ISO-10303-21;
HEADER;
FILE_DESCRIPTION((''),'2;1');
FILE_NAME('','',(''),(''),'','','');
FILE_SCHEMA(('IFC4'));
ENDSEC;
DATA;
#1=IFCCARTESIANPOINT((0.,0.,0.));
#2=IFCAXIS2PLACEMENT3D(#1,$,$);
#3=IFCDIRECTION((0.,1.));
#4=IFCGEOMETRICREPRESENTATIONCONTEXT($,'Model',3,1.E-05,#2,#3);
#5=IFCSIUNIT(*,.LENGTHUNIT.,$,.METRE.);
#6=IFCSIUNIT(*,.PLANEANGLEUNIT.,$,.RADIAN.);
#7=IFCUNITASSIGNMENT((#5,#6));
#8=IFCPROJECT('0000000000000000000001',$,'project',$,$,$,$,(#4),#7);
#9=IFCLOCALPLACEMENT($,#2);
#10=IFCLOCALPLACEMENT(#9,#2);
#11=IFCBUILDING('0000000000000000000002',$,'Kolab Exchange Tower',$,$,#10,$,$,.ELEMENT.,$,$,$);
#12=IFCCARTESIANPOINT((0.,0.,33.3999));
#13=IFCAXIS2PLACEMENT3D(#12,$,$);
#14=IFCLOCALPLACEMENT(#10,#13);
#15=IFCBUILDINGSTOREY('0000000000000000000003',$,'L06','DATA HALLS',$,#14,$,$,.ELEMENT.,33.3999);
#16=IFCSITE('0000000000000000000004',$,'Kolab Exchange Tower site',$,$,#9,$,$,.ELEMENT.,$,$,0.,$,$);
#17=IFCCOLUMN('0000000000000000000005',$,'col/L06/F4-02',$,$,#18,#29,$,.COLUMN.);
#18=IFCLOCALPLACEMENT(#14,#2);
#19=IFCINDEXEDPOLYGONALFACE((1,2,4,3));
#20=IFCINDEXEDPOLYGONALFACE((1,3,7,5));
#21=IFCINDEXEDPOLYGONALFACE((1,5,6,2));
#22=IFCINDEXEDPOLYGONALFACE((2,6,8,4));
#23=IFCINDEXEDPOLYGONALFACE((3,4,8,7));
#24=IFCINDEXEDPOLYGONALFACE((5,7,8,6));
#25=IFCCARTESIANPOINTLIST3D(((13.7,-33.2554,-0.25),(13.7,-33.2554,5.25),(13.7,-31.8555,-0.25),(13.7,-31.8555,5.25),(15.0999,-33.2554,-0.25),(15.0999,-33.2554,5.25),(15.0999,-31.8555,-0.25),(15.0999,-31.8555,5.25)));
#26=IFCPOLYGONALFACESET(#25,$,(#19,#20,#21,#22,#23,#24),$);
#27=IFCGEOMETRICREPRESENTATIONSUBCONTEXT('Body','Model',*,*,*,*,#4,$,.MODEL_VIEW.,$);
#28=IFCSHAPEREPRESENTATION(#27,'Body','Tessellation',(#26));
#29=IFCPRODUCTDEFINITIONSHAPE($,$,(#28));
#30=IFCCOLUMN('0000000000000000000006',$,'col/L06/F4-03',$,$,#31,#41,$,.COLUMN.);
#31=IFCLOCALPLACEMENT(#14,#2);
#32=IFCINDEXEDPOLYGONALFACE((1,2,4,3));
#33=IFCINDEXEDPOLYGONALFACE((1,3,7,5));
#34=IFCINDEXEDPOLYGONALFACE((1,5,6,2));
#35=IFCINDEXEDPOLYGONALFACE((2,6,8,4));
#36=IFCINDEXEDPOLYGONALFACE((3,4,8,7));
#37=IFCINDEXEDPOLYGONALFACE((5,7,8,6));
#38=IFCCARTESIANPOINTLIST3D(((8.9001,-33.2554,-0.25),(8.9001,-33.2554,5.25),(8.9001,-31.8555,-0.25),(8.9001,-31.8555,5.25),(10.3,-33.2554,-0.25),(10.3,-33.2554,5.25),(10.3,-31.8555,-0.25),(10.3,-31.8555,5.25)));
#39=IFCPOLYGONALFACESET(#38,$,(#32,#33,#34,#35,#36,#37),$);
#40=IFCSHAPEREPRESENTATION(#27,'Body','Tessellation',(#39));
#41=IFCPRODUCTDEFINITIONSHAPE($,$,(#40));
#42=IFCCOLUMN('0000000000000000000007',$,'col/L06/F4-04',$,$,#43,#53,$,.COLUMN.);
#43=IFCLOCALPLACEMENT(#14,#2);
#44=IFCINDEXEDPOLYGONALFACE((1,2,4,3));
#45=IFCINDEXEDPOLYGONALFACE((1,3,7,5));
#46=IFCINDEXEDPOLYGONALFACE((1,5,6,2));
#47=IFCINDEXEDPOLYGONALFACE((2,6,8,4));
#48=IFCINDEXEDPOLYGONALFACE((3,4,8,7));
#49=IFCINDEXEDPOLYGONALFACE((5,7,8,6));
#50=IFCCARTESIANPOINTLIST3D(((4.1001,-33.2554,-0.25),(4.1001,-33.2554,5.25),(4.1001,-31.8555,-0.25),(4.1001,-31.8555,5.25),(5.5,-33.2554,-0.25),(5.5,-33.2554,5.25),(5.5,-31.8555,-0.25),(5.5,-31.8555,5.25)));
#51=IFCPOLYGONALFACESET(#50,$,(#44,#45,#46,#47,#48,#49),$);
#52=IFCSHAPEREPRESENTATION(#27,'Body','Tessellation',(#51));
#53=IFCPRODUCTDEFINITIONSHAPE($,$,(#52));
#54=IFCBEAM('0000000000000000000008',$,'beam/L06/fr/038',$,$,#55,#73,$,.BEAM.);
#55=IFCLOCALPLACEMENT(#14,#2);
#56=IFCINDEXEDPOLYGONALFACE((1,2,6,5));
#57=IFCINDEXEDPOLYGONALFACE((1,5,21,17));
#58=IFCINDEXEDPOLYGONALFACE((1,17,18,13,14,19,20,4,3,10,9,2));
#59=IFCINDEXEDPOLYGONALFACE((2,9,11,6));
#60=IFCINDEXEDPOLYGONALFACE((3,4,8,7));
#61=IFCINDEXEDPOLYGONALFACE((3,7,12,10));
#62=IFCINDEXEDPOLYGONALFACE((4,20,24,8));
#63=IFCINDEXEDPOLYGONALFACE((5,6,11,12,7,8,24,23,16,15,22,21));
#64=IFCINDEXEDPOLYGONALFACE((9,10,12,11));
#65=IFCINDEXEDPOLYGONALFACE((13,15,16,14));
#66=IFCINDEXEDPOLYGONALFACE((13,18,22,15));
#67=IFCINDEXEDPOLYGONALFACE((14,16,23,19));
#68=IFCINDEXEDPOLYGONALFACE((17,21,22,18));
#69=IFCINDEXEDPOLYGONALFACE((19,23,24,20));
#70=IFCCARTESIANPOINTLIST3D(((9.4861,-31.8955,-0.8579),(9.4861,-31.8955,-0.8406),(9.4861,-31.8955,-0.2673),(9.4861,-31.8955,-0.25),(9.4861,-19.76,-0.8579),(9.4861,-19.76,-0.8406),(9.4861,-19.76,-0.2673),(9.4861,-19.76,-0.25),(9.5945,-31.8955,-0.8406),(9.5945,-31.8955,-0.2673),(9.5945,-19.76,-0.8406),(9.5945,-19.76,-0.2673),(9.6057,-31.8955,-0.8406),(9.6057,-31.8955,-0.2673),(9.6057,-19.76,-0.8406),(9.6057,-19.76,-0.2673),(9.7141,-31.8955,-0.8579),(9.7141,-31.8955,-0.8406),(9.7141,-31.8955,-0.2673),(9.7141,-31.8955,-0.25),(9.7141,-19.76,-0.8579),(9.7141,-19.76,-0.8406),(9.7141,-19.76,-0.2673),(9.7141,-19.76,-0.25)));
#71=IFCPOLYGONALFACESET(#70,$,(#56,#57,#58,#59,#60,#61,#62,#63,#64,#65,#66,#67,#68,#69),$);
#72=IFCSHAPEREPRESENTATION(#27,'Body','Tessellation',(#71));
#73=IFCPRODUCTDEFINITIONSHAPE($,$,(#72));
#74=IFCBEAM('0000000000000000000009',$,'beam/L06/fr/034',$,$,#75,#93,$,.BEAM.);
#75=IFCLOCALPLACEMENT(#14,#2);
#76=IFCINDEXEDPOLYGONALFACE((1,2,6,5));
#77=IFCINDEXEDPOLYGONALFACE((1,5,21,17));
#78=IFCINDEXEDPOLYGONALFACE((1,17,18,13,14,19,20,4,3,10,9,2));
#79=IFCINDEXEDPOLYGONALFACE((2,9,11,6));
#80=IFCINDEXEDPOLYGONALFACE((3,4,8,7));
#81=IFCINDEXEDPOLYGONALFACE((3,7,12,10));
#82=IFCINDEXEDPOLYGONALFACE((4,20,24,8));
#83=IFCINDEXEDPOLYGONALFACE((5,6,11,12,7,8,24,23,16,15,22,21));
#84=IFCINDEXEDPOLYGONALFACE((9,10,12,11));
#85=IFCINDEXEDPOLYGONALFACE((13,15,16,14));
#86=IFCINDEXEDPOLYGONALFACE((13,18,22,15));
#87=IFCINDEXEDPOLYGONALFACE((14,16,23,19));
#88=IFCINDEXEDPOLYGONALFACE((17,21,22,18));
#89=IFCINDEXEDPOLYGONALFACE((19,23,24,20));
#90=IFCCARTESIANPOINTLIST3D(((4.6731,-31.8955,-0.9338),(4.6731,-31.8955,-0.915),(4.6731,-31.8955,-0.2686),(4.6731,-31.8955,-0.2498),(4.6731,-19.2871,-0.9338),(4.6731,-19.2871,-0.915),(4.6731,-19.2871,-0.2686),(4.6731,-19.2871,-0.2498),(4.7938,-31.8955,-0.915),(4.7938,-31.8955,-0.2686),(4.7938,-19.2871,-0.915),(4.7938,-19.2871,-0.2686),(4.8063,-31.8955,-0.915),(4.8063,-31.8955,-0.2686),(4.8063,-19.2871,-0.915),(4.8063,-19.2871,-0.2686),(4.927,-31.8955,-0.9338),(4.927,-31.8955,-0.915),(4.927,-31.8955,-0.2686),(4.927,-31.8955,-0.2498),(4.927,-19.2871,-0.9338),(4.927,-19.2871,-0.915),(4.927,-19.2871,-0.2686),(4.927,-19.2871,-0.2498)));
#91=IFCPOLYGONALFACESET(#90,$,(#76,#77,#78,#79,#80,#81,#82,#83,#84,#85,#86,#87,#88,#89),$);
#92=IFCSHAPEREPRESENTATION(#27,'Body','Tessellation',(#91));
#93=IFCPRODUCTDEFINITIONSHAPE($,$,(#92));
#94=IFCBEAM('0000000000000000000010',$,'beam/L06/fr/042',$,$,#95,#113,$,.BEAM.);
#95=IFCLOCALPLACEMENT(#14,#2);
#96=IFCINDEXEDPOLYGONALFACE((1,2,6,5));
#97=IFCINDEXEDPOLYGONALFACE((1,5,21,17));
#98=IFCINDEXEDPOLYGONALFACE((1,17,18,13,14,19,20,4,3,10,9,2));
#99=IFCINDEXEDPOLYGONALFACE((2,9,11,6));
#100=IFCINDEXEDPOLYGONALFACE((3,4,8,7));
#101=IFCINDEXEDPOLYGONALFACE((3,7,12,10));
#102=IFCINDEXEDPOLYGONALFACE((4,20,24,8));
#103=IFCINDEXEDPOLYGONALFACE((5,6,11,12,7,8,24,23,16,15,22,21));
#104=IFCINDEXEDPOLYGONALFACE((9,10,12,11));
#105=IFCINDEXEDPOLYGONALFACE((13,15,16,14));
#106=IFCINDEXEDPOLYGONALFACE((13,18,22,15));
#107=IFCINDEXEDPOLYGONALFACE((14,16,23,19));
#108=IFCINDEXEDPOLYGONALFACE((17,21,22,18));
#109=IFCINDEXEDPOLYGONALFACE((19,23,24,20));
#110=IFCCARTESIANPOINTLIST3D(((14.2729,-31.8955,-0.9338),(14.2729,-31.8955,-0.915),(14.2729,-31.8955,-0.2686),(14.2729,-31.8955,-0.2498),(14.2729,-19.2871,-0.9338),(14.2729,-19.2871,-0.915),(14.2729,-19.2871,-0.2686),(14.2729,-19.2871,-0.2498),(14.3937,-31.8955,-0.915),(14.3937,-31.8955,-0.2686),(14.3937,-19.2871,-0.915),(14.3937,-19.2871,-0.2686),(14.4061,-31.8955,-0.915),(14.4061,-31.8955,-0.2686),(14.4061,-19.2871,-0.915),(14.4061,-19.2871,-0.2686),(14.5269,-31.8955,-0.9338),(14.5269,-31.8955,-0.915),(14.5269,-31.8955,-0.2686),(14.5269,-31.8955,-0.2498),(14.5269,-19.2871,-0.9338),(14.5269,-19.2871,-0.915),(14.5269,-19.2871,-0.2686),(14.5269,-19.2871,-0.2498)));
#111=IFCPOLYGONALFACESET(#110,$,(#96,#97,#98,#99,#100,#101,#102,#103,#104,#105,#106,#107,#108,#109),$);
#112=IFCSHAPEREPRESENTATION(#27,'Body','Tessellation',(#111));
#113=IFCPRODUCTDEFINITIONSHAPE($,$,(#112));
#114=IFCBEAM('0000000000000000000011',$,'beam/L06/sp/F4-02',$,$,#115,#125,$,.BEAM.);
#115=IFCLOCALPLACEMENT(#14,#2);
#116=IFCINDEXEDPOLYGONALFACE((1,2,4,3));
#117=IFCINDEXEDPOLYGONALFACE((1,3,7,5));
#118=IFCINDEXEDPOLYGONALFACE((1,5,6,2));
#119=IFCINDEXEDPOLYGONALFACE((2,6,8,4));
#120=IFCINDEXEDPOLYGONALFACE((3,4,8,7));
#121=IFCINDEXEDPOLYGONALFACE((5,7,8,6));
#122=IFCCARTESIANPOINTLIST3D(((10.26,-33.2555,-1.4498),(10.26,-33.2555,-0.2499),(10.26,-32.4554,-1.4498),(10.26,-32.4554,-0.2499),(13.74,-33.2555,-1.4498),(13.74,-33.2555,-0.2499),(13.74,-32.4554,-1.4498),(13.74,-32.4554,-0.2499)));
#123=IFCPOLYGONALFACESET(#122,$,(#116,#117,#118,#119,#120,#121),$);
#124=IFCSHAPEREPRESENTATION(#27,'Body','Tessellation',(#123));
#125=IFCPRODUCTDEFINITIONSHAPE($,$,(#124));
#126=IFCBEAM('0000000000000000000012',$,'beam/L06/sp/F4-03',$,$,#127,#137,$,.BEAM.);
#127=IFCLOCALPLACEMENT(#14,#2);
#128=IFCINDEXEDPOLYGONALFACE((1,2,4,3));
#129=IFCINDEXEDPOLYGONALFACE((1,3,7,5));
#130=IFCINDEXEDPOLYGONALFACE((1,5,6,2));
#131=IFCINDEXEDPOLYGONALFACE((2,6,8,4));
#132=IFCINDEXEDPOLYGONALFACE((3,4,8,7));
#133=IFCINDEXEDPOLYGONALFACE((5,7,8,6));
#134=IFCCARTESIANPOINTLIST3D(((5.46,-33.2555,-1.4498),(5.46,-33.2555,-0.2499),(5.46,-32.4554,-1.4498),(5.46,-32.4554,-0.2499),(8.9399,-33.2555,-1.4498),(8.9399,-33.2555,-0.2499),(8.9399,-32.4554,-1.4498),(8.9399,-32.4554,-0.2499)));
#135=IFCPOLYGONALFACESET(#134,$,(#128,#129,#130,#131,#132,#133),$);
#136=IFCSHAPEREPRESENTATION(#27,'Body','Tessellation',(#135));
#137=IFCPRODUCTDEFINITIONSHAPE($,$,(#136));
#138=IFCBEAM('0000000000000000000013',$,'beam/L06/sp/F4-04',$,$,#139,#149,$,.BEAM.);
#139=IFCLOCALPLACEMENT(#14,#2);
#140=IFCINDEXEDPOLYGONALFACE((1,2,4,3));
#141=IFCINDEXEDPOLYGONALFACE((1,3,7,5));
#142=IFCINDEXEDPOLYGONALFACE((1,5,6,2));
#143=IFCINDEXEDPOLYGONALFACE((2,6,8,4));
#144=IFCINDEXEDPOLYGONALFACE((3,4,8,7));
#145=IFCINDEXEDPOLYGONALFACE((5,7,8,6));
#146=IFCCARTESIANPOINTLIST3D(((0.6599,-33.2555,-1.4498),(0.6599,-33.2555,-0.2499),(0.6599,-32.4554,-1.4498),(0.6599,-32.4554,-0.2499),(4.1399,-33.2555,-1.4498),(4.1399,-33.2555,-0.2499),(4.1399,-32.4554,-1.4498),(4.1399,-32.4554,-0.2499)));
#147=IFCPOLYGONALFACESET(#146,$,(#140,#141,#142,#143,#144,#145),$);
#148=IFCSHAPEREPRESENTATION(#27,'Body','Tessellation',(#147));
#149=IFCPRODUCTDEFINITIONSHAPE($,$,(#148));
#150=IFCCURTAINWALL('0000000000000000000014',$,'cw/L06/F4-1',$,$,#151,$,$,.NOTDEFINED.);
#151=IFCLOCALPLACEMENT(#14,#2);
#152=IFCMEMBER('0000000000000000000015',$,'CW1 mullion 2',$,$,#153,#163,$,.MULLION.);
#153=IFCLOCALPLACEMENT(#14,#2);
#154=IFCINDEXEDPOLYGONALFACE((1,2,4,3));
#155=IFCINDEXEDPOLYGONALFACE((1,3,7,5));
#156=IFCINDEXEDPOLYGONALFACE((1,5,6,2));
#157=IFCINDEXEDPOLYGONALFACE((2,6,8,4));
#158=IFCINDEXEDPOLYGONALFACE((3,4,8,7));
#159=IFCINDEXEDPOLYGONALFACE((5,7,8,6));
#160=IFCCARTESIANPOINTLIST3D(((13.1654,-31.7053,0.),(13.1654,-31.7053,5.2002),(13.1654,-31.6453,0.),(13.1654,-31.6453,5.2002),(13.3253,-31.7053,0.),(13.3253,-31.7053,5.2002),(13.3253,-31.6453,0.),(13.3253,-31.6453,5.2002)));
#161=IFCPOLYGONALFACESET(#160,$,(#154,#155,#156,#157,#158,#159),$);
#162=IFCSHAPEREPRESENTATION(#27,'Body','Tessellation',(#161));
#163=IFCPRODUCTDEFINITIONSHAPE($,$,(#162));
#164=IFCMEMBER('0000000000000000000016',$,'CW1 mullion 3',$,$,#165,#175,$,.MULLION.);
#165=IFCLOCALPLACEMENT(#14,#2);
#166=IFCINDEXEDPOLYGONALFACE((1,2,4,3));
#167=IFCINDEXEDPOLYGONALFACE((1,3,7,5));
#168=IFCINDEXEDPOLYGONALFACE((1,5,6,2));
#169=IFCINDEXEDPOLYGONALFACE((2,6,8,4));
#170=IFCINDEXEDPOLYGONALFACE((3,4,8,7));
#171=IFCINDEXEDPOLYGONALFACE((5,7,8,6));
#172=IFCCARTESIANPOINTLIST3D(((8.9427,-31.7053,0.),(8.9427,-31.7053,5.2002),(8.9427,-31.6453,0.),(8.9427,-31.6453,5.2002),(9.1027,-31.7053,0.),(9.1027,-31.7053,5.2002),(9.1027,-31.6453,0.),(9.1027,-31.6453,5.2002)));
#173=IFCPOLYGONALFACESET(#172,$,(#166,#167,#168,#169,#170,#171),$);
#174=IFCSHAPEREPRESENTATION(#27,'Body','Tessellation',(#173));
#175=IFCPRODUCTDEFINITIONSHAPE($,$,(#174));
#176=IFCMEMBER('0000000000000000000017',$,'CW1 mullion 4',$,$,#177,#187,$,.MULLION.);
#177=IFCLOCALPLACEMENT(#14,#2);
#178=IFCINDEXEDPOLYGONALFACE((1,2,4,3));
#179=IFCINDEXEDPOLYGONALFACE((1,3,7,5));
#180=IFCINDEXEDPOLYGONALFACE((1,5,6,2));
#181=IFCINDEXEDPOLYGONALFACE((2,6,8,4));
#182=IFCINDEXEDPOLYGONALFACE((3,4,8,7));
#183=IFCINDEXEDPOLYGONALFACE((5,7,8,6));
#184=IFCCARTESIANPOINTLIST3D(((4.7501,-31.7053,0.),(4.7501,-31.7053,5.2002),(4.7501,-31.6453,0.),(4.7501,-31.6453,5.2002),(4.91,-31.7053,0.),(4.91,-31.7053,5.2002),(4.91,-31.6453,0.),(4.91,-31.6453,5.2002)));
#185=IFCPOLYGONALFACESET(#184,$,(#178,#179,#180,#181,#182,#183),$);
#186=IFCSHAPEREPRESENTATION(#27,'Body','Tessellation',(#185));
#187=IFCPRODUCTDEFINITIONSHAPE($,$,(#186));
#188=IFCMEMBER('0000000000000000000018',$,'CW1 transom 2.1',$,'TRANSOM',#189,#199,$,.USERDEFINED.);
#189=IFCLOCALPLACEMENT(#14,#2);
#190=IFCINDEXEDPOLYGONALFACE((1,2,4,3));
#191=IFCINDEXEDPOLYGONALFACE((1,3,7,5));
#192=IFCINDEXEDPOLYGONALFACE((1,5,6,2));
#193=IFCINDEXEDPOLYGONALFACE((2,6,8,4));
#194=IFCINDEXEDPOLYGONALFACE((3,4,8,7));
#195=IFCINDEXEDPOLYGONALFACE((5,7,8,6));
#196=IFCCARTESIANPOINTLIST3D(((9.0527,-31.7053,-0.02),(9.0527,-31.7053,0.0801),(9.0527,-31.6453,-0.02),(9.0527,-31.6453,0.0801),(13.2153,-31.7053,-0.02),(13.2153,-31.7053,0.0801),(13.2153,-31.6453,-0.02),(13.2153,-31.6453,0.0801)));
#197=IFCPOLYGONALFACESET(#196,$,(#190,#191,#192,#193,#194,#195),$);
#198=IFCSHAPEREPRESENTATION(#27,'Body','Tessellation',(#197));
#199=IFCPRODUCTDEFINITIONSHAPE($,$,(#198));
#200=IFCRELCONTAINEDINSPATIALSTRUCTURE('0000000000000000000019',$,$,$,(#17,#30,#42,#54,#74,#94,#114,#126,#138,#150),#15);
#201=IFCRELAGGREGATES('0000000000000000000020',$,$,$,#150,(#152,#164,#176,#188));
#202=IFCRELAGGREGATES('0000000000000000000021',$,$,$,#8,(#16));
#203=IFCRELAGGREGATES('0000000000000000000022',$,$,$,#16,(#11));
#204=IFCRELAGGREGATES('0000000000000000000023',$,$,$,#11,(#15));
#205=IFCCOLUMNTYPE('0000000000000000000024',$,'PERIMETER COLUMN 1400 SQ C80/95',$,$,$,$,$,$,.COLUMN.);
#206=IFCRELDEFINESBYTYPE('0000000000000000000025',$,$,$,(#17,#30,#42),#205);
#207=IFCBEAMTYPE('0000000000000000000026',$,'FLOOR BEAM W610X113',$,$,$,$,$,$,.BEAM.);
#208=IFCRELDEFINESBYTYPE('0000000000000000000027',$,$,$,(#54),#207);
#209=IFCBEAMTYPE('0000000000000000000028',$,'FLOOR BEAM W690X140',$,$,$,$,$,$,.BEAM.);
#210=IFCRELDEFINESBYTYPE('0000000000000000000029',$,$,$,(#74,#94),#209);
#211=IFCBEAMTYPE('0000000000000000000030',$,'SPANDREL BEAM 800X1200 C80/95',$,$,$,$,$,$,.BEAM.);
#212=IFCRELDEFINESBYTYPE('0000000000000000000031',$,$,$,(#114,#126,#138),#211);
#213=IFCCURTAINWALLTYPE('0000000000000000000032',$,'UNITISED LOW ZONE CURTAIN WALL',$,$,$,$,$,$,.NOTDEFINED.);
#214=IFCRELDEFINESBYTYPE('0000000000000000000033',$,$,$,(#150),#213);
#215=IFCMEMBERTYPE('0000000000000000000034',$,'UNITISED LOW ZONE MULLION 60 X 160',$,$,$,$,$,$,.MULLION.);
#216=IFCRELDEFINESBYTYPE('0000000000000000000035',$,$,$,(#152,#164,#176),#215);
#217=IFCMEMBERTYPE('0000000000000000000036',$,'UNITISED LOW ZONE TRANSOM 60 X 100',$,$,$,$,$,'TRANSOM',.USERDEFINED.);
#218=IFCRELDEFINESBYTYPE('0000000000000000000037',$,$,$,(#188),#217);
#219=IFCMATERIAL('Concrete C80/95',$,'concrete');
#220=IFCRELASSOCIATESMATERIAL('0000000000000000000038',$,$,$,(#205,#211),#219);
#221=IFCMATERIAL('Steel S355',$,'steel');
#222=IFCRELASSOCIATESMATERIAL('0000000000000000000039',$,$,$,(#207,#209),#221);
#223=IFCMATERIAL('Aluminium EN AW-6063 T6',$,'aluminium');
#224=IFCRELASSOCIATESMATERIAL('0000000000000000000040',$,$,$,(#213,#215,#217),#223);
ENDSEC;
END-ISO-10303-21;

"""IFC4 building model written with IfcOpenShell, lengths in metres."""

from ifc_helpers import new_model, si_unit, direction, frame, origin, origin_2d, place, context, subcontext, project, spatial, rectangle, i_section, extrude, material, material_profile, profile_set, type_object, element, aggregate, save


model = new_model("IFC4")

# Units and contexts
model_context = context("Model", 3, precision=1e-05, world=origin(), true_north=direction((0.0, 1.0)))
body_context = subcontext(model_context, "Body", "Model", "MODEL_VIEW")
ifc_project = project(units=[si_unit("LENGTHUNIT", "METRE"), si_unit("PLANEANGLEUNIT", "RADIAN")], contexts=[model_context])

# Site, building, storey
site_placement = place(None, origin())
site = spatial("IfcSite", under=ifc_project, at=site_placement, Name="Kolab Exchange Tower site", CompositionType="ELEMENT", RefElevation=0.0)
building_placement = place(site_placement, origin())
building = spatial("IfcBuilding", under=site, at=building_placement, Name="Kolab Exchange Tower", CompositionType="ELEMENT")
storey_placement = place(building_placement, frame((0.0, 0.0, 33.3999)))
storey = spatial("IfcBuildingStorey", under=building, at=storey_placement, Name="L06", Description="DATA HALLS", CompositionType="ELEMENT", Elevation=33.3999)

# Columns
ifc_material_1 = material(Name="Concrete C80/95", Category="concrete")
ifc_material_profile_1 = material_profile(ifc_material_1, rectangle(XDim=1.3999, YDim=1.3999, at=origin_2d()), Name="RC1400")
ifc_profile_set_1 = profile_set([ifc_material_profile_1], Name="Concrete C80/95")
column_type = type_object("IfcColumnType", Name="PERIMETER COLUMN 1400 SQ C80/95", PredefinedType="COLUMN", material=ifc_profile_set_1)
for number, where, z_axis, x_axis, name in (
    (1, (14.3999, -32.5554, -0.25), (0.0, 0.0, 1.0), (1.0, 0.0, 0.0), "col/L06/F4-02"),
    (2, (9.6001, -32.5554, -0.25), (0.0, 0.0, 1.0), (1.0, 0.0, 0.0), "col/L06/F4-03"),
    (3, (4.8, -32.5554, -0.25), (0.0, 0.0, 1.0), (1.0, 0.0, 0.0), "col/L06/F4-04"),
):
    element("IfcColumn", number, at=place(storey_placement, frame(where, z_axis=z_axis, x_axis=x_axis)), inside=storey, type_object=column_type, Name=name, PredefinedType="COLUMN", context=body_context, shape_type="SweptSolid", body=[
        extrude(rectangle(XDim=1.3999, YDim=1.3999, at=origin_2d()), origin(), (0.0, 0.0, 1.0), 5.5),
    ])

# Beams
ifc_material_2 = material(Name="Steel S355", Category="steel")
ifc_material_profile_2 = material_profile(ifc_material_2, i_section(OverallWidth=0.228, OverallDepth=0.6079, WebThickness=0.0112, FlangeThickness=0.0173, at=origin_2d()), Name="W610X113")
ifc_profile_set_2 = profile_set([ifc_material_profile_2], Name="Steel S355")
beam_type_1 = type_object("IfcBeamType", Name="FLOOR BEAM W610X113", PredefinedType="BEAM", material=ifc_profile_set_2)
beam_placement = place(storey_placement, frame((9.6001, -31.8955, -0.554), z_axis=(0.0, 1.0, 0.0), x_axis=(-1.0, 0.0, 0.0)))
element("IfcBeam", 4, at=beam_placement, inside=storey, type_object=beam_type_1, Name="beam/L06/fr/038", PredefinedType="BEAM", context=body_context, shape_type="SweptSolid", body=[
    extrude(i_section(OverallWidth=0.228, OverallDepth=0.6079, WebThickness=0.0112, FlangeThickness=0.0173, at=origin_2d()), origin(), (0.0, 0.0, 1.0), 12.1355),
])
ifc_material_profile_3 = material_profile(ifc_material_2, i_section(OverallWidth=0.2539, OverallDepth=0.6841, WebThickness=0.0125, FlangeThickness=0.0188, at=origin_2d()), Name="W690X140")
ifc_profile_set_3 = profile_set([ifc_material_profile_3], Name="Steel S355")
beam_type_2 = type_object("IfcBeamType", Name="FLOOR BEAM W690X140", PredefinedType="BEAM", material=ifc_profile_set_3)
for number, where, z_axis, x_axis, name in (
    (5, (4.8, -31.8955, -0.5918), (0.0, 1.0, 0.0), (-1.0, 0.0, 0.0), "beam/L06/fr/034"),
    (6, (14.3999, -31.8955, -0.5918), (0.0, 1.0, 0.0), (-1.0, 0.0, 0.0), "beam/L06/fr/042"),
):
    element("IfcBeam", number, at=place(storey_placement, frame(where, z_axis=z_axis, x_axis=x_axis)), inside=storey, type_object=beam_type_2, Name=name, PredefinedType="BEAM", context=body_context, shape_type="SweptSolid", body=[
        extrude(i_section(OverallWidth=0.2539, OverallDepth=0.6841, WebThickness=0.0125, FlangeThickness=0.0188, at=origin_2d()), origin(), (0.0, 0.0, 1.0), 12.6084),
    ])
ifc_material_profile_4 = material_profile(ifc_material_1, rectangle(XDim=0.8, YDim=1.2, at=origin_2d()), Name="RC800X1200")
ifc_profile_set_4 = profile_set([ifc_material_profile_4], Name="Concrete C80/95")
beam_type_3 = type_object("IfcBeamType", Name="SPANDREL BEAM 800X1200 C80/95", PredefinedType="BEAM", material=ifc_profile_set_4)
for number, where, z_axis, x_axis, name in (
    (7, (13.74, -32.8555, -0.8499), (-1.0, 0.0, 0.0), (0.0, -1.0, 0.0), "beam/L06/sp/F4-02"),
    (8, (8.9399, -32.8555, -0.8499), (-1.0, 0.0, 0.0), (0.0, -1.0, 0.0), "beam/L06/sp/F4-03"),
    (9, (4.1399, -32.8555, -0.8499), (-1.0, 0.0, 0.0), (0.0, -1.0, 0.0), "beam/L06/sp/F4-04"),
):
    element("IfcBeam", number, at=place(storey_placement, frame(where, z_axis=z_axis, x_axis=x_axis)), inside=storey, type_object=beam_type_3, Name=name, PredefinedType="BEAM", context=body_context, shape_type="SweptSolid", body=[
        extrude(rectangle(XDim=0.8, YDim=1.2, at=origin_2d()), origin(), (0.0, 0.0, 1.0), 3.48),
    ])

# Curtain wall, members
ifc_material_3 = material(Name="Aluminium EN AW-6063 T6", Category="aluminium")
curtain_wall_type = type_object("IfcCurtainWallType", Name="UNITISED LOW ZONE CURTAIN WALL", PredefinedType="NOTDEFINED", material=ifc_material_3)
curtain_wall_placement = place(storey_placement, origin())
curtain_wall = element("IfcCurtainWall", 10, at=curtain_wall_placement, inside=storey, type_object=curtain_wall_type, Name="cw/L06/F4-1", PredefinedType="NOTDEFINED")
ifc_material_profile_5 = material_profile(ifc_material_3, rectangle(XDim=0.0601, YDim=0.1599, at=origin_2d()), Name="RECT 60X160")
ifc_profile_set_5 = profile_set([ifc_material_profile_5], Name="Aluminium EN AW-6063 T6")
member_type_1 = type_object("IfcMemberType", Name="UNITISED LOW ZONE MULLION 60 X 160", PredefinedType="MULLION", material=ifc_profile_set_5)
member_1_placement = place(storey_placement, frame((13.2454, -31.6753, 0.0), z_axis=(0.0, 0.0, 1.0), x_axis=(0.0, -1.0, 0.0)))
member_1 = element("IfcMember", 11, at=member_1_placement, type_object=member_type_1, Name="CW1 mullion 2", PredefinedType="MULLION", context=body_context, shape_type="SweptSolid", body=[
    extrude(rectangle(XDim=0.0601, YDim=0.1599, at=origin_2d()), origin(), (0.0, 0.0, 1.0), 5.2002),
])
member_2_placement = place(storey_placement, frame((9.0227, -31.6753, 0.0), z_axis=(0.0, 0.0, 1.0), x_axis=(0.0, -1.0, 0.0)))
member_2 = element("IfcMember", 12, at=member_2_placement, type_object=member_type_1, Name="CW1 mullion 3", PredefinedType="MULLION", context=body_context, shape_type="SweptSolid", body=[
    extrude(rectangle(XDim=0.0601, YDim=0.1599, at=origin_2d()), origin(), (0.0, 0.0, 1.0), 5.2002),
])
member_3_placement = place(storey_placement, frame((4.8301, -31.6753, 0.0), z_axis=(0.0, 0.0, 1.0), x_axis=(0.0, -1.0, 0.0)))
member_3 = element("IfcMember", 13, at=member_3_placement, type_object=member_type_1, Name="CW1 mullion 4", PredefinedType="MULLION", context=body_context, shape_type="SweptSolid", body=[
    extrude(rectangle(XDim=0.0601, YDim=0.1599, at=origin_2d()), origin(), (0.0, 0.0, 1.0), 5.2002),
])
ifc_material_profile_6 = material_profile(ifc_material_3, rectangle(XDim=0.0601, YDim=0.1001, at=origin_2d()), Name="RECT 60X100")
ifc_profile_set_6 = profile_set([ifc_material_profile_6], Name="Aluminium EN AW-6063 T6")
member_type_2 = type_object("IfcMemberType", Name="UNITISED LOW ZONE TRANSOM 60 X 100", ElementType="TRANSOM", PredefinedType="USERDEFINED", material=ifc_profile_set_6)
member_4_placement = place(storey_placement, frame((13.2153, -31.6753, 0.03), z_axis=(-1.0, 0.0, 0.0), x_axis=(0.0, -1.0, 0.0)))
member_4 = element("IfcMember", 14, at=member_4_placement, type_object=member_type_2, Name="CW1 transom 2.1", ObjectType="TRANSOM", PredefinedType="USERDEFINED", context=body_context, shape_type="SweptSolid", body=[
    extrude(rectangle(XDim=0.0601, YDim=0.1001, at=origin_2d()), origin(), (0.0, 0.0, 1.0), 4.1626),
])
aggregate(curtain_wall, [member_1, member_2, member_3, member_4])

save(model, "model.ifc")
